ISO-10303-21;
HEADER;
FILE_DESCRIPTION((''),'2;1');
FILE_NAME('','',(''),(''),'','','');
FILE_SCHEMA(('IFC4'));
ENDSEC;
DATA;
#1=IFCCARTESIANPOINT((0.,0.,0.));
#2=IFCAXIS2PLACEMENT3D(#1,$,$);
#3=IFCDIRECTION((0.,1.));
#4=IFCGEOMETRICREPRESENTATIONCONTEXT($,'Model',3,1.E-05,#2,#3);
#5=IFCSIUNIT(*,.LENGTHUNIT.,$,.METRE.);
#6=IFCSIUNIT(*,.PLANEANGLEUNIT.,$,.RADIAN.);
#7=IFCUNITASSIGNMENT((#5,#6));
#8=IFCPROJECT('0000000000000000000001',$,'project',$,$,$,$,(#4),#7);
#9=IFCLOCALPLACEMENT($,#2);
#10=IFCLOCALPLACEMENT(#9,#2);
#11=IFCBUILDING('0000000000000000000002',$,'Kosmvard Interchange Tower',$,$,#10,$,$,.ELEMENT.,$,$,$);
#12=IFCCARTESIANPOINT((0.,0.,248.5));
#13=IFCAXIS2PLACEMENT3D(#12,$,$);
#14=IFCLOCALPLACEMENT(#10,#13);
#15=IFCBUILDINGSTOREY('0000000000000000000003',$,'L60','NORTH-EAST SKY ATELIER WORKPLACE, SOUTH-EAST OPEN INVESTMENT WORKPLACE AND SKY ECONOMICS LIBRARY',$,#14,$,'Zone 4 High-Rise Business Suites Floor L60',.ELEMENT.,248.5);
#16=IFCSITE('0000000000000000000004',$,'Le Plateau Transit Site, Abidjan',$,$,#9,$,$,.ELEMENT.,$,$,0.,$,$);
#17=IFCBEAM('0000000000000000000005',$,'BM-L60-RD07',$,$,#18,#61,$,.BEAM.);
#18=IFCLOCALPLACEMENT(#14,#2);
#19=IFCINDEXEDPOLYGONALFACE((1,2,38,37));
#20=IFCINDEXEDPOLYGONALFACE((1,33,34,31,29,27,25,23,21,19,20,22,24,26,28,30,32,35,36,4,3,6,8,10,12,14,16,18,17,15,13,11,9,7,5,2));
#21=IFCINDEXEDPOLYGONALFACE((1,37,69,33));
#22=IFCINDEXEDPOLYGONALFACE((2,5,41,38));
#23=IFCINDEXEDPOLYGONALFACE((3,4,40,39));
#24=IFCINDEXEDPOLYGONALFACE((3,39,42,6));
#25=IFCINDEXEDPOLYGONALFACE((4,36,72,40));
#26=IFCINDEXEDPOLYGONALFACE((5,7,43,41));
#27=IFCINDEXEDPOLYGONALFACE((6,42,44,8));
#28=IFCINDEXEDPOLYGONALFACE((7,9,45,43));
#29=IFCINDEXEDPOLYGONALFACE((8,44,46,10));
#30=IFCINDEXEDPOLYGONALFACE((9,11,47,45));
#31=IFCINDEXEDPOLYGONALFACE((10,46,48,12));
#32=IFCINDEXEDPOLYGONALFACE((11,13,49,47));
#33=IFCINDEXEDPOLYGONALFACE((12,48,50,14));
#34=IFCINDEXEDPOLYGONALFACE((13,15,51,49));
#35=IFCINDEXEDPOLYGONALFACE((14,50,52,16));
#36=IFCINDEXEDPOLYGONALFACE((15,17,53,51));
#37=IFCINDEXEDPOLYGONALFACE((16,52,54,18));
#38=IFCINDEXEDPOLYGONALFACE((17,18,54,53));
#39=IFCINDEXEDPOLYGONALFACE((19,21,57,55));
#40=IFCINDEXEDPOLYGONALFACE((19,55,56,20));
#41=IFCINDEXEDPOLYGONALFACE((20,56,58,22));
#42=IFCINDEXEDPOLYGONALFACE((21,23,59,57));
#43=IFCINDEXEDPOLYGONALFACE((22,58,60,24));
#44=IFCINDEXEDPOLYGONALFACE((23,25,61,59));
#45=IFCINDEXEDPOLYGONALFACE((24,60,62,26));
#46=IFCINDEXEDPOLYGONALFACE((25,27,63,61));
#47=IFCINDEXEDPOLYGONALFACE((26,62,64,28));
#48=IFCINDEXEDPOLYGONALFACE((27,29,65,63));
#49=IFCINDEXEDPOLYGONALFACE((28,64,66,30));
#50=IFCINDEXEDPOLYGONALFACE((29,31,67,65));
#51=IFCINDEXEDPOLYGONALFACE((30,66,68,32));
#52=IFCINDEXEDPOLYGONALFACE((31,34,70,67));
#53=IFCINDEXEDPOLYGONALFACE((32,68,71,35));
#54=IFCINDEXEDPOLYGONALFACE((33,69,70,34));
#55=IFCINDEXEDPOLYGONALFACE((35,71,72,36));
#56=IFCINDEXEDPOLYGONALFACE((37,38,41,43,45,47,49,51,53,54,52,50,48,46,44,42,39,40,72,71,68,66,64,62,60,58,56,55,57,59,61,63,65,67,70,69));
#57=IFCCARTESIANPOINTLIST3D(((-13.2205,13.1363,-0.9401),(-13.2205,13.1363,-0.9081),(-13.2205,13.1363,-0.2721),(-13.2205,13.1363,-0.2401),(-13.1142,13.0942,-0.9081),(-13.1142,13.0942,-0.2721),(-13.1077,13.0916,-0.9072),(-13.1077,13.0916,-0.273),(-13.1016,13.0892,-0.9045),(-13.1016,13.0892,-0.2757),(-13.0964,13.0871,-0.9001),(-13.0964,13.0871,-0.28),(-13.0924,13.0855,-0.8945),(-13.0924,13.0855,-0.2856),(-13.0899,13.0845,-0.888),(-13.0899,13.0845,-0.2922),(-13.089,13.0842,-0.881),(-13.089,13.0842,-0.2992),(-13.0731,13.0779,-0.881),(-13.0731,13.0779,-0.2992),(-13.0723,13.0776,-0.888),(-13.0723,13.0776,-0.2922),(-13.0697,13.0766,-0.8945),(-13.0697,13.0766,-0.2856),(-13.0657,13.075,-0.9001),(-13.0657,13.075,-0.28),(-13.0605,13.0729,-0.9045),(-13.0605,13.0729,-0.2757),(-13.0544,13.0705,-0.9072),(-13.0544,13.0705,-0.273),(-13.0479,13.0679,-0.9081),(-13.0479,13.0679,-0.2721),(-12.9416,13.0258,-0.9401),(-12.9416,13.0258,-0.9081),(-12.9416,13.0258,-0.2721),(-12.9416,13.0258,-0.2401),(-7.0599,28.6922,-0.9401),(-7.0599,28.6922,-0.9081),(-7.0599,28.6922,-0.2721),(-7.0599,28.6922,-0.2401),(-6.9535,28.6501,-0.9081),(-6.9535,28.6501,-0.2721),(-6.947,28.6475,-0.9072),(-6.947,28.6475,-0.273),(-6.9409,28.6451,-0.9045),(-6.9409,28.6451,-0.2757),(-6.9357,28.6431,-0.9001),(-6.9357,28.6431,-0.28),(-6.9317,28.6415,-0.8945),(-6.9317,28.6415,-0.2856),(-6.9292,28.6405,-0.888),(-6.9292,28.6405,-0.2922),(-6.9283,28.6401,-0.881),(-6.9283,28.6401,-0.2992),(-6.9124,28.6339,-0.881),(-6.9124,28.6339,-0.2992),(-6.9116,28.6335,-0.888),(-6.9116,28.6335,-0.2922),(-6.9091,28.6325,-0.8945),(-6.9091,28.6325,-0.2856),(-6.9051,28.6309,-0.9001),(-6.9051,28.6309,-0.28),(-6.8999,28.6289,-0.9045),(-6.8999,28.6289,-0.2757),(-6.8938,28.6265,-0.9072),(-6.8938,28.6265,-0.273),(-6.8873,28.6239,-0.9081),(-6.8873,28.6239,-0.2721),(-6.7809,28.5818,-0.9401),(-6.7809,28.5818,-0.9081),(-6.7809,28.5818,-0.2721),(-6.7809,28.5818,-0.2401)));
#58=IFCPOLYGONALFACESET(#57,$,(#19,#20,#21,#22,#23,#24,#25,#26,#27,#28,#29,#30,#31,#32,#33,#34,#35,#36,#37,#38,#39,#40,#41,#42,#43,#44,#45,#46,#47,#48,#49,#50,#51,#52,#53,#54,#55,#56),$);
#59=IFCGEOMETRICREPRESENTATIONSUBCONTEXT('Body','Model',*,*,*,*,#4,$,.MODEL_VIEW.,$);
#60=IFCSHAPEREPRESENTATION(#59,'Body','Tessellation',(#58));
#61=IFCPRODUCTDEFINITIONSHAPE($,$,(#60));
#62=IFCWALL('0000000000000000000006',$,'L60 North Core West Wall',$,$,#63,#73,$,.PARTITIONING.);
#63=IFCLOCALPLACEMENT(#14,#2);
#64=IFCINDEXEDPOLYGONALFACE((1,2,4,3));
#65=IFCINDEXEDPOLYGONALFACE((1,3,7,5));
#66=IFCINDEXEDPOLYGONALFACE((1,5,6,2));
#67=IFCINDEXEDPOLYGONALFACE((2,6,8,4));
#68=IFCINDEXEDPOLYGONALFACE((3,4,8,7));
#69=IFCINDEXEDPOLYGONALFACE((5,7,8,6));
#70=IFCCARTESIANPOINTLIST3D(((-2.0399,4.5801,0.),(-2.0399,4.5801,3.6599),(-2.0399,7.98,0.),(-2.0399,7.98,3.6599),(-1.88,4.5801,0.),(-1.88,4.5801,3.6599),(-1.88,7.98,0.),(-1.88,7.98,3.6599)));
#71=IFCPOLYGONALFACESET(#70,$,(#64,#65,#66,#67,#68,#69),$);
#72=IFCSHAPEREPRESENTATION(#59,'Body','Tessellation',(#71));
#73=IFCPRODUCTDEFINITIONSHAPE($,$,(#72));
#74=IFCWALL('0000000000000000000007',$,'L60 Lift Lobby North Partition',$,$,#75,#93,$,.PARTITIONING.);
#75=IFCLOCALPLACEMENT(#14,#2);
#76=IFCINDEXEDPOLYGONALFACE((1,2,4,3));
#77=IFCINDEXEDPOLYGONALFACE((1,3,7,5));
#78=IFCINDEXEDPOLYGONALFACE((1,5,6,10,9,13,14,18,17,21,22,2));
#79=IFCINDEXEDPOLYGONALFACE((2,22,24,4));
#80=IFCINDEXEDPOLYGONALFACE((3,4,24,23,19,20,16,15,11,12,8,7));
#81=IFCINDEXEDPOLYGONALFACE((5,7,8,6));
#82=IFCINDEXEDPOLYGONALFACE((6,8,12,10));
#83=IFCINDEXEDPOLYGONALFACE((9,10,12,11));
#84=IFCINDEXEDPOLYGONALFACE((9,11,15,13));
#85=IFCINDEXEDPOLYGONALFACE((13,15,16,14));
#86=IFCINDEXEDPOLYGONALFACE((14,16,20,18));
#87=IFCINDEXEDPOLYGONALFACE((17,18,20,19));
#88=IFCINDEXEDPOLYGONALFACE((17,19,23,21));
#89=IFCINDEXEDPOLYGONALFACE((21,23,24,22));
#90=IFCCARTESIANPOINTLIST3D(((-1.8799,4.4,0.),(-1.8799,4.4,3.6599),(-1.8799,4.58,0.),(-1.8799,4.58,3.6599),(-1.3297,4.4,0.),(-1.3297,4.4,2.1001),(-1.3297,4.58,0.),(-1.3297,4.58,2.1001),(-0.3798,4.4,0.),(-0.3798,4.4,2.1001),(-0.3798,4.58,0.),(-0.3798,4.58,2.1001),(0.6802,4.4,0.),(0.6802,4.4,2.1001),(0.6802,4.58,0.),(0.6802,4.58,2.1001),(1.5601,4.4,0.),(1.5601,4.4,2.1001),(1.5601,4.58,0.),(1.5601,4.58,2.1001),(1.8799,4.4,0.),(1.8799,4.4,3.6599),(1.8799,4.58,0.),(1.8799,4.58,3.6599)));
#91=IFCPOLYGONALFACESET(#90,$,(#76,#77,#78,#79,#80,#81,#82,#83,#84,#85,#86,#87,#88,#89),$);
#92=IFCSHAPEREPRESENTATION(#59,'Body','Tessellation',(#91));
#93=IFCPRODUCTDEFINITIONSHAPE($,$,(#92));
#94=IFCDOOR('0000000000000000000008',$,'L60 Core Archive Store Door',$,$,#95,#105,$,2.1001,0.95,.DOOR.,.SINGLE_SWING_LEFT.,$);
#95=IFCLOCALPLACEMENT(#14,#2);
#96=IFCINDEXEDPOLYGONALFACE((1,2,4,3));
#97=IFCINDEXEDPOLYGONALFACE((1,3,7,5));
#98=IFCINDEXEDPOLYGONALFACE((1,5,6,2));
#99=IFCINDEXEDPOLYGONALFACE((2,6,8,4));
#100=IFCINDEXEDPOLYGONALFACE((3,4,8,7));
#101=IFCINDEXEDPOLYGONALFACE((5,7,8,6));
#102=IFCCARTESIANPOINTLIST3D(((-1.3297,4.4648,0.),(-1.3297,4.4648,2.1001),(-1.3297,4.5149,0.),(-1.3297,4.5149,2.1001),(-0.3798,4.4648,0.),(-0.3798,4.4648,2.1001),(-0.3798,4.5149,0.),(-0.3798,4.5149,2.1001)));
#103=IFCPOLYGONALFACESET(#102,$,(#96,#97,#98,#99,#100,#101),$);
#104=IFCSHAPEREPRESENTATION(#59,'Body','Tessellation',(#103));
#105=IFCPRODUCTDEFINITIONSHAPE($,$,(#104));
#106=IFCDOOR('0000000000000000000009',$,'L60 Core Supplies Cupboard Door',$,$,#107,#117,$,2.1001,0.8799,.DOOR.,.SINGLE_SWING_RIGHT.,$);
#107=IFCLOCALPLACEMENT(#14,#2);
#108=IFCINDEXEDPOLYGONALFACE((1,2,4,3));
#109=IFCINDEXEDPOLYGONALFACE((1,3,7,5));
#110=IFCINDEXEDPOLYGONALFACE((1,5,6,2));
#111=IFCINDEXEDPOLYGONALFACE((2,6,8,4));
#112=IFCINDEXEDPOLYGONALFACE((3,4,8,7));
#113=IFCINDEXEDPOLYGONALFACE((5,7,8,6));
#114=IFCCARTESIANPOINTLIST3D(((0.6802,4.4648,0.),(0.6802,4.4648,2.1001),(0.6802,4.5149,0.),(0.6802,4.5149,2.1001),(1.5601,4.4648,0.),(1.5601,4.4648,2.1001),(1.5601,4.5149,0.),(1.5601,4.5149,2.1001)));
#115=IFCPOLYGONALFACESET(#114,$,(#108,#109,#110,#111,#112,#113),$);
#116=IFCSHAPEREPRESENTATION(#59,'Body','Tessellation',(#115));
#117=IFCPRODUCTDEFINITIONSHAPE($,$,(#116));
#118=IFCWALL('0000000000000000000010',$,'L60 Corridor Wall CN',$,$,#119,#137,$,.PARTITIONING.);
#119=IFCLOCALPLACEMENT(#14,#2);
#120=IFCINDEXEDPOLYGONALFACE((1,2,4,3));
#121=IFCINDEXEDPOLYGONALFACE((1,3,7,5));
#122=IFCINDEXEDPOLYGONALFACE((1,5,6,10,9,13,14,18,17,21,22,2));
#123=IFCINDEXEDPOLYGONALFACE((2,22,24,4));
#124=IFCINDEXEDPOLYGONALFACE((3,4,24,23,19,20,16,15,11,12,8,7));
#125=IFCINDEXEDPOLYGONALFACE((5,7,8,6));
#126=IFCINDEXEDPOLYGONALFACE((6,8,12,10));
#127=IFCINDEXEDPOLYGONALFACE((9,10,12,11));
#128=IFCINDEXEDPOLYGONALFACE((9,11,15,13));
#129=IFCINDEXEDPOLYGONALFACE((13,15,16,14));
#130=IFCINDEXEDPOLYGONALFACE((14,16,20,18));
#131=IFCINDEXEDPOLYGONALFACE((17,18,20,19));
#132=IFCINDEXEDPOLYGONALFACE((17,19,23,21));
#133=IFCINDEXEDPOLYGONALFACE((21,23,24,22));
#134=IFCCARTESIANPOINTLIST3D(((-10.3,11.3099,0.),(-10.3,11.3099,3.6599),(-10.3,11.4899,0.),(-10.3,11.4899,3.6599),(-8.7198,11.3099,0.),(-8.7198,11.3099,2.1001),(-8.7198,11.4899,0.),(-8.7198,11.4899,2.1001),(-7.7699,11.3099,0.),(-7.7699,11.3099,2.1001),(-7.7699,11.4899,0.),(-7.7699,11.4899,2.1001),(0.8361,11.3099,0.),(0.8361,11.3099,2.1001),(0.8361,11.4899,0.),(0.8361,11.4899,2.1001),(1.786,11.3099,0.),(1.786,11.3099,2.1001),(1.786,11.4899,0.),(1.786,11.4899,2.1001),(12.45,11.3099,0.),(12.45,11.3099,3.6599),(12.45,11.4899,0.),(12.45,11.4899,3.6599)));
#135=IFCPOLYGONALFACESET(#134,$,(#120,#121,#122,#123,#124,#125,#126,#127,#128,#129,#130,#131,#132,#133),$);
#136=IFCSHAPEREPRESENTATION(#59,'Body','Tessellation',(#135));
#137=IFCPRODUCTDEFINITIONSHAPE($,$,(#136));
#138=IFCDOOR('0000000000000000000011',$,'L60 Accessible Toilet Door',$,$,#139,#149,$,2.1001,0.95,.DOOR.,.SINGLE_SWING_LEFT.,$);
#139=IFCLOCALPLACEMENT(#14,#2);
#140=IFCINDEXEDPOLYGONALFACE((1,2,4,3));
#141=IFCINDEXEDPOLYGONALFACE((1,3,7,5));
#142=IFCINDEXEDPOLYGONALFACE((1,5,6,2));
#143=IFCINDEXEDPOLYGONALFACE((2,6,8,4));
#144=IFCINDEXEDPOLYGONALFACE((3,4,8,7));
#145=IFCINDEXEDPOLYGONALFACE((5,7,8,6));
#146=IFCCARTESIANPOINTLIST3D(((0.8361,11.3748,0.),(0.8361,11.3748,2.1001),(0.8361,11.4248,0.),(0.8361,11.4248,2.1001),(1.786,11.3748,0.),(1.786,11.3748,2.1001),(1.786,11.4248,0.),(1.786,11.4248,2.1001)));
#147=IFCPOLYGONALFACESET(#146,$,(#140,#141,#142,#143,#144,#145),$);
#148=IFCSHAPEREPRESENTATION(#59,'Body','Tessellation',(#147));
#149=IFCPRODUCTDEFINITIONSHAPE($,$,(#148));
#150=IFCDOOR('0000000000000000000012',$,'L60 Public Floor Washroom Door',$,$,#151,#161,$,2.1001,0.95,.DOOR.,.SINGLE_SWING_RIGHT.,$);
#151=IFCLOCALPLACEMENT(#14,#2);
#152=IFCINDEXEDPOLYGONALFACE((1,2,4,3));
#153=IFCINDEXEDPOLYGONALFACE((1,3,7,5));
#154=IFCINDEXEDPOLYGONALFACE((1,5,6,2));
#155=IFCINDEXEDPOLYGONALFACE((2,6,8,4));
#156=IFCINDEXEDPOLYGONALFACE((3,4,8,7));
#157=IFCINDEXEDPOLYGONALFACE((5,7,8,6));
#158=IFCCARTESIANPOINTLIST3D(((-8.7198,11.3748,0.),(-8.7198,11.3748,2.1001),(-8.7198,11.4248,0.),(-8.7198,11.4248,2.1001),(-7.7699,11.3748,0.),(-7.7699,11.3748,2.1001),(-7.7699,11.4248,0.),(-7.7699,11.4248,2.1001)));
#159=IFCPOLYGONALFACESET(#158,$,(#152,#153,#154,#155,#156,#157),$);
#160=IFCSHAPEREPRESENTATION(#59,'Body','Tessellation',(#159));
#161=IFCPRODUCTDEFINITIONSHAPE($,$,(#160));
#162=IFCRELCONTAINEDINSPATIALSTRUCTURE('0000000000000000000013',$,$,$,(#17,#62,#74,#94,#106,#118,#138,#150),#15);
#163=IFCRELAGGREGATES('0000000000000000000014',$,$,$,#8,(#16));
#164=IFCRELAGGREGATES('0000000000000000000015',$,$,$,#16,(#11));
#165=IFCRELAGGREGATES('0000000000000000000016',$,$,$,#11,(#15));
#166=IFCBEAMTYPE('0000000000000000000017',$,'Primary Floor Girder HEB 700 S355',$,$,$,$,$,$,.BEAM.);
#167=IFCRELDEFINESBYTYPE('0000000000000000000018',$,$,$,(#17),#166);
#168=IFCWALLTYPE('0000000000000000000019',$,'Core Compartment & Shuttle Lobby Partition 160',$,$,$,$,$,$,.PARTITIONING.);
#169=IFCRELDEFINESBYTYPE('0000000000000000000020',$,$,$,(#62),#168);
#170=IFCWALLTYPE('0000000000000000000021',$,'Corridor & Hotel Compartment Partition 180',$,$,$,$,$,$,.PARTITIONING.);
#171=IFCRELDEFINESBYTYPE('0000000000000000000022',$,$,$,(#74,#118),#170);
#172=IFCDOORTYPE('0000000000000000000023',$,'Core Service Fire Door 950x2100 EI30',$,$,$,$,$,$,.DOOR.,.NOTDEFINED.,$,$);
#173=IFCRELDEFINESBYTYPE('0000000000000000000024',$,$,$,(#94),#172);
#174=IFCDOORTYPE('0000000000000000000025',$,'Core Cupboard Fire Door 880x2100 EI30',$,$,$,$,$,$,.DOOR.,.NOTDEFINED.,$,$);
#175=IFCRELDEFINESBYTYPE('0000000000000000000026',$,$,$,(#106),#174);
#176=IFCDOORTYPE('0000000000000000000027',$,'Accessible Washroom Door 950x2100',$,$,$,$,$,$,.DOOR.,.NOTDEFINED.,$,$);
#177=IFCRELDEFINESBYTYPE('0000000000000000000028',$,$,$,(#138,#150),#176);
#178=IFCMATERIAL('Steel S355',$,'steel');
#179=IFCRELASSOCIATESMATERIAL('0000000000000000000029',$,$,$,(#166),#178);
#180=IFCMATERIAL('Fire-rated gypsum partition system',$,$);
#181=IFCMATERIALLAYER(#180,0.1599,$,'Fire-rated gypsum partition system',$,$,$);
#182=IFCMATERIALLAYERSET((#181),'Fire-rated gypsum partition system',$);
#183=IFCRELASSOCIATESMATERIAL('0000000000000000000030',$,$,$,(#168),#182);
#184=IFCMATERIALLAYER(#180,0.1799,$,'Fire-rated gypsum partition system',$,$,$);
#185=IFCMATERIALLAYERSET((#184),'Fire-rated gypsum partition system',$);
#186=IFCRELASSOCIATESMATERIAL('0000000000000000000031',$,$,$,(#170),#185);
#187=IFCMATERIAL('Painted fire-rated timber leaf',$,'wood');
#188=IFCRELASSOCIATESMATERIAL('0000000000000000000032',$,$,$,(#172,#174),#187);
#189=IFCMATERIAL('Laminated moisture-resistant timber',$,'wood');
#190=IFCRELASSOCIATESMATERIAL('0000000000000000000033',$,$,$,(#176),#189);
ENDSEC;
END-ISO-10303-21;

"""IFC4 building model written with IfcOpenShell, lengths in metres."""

from ifc_helpers import new_model, si_unit, direction, frame, frame_2d, origin, origin_2d, place, context, subcontext, project, spatial, rectangle, i_section, extrude, source, transform, mapped, material, layer, layer_set, material_profile, profile_set, type_object, element, fill, save


model = new_model("IFC4")

# Units and contexts
model_context = context("Model", 3, precision=1e-05, world=origin(), true_north=direction((0.0, 1.0)))
body_context = subcontext(model_context, "Body", "Model", "MODEL_VIEW")
ifc_project = project(units=[si_unit("LENGTHUNIT", "METRE"), si_unit("PLANEANGLEUNIT", "RADIAN")], contexts=[model_context])

# Site, building, storey
site_placement = place(None, origin())
site = spatial("IfcSite", under=ifc_project, at=site_placement, Name="Le Plateau Transit Site, Abidjan", CompositionType="ELEMENT", RefElevation=0.0)
building_placement = place(site_placement, origin())
building = spatial("IfcBuilding", under=site, at=building_placement, Name="Kosmvard Interchange Tower", CompositionType="ELEMENT")
storey_placement = place(building_placement, frame((0.0, 0.0, 248.5)))
storey = spatial("IfcBuildingStorey", under=building, at=storey_placement, Name="L60", Description="NORTH-EAST SKY ATELIER WORKPLACE, SOUTH-EAST OPEN INVESTMENT WORKPLACE AND SKY ECONOMICS LIBRARY", LongName="Zone 4 High-Rise Business Suites Floor L60", CompositionType="ELEMENT", Elevation=248.5)

# Beam
ifc_material_1 = material(Name="Steel S355", Category="steel")
ifc_material_profile_1 = material_profile(ifc_material_1, i_section(OverallWidth=0.3, OverallDepth=0.7, WebThickness=0.0171, FlangeThickness=0.032, FilletRadius=0.0271, at=origin_2d()), Name="HEB 700")
ifc_profile_set_1 = profile_set([ifc_material_profile_1], Name="Steel S355")
beam_type_1 = type_object("IfcBeamType", Name="Primary Floor Girder HEB 700 S355", PredefinedType="BEAM", material=ifc_profile_set_1)
shared_shape_1 = source(origin(), body_context, "Body", "SweptSolid", [
    extrude(i_section(OverallWidth=0.3, OverallDepth=0.7, WebThickness=0.0171, FlangeThickness=0.032, FilletRadius=0.0271, at=origin_2d()), origin(), (0.0, 0.0, 1.0), 16.7314),
])
beam_1_placement = place(storey_placement, frame((-13.0811, 13.0811, -0.5901), z_axis=(0.368209, 0.929743, 0.0), x_axis=(-0.929743, 0.368209, 0.0)))
element("IfcBeam", 1, at=beam_1_placement, inside=storey, type_object=beam_type_1, Name="BM-L60-RD07", PredefinedType="BEAM", context=body_context, shape_type="MappedRepresentation", body=[
    mapped(shared_shape_1, transform((0.0, 0.0, 0.0), scale=1.0)),
])

# Wall
ifc_material_2 = material(Name="Fire-rated gypsum partition system")
ifc_layer_1 = layer(ifc_material_2, 0.1599, Name="Fire-rated gypsum partition system")
ifc_layer_set_1 = layer_set([ifc_layer_1], Name="Fire-rated gypsum partition system")
wall_type_1 = type_object("IfcWallType", Name="Core Compartment & Shuttle Lobby Partition 160", PredefinedType="PARTITIONING", material=ifc_layer_set_1)
wall_1_placement = place(storey_placement, frame((-1.96, 4.5801, 0.0), z_axis=(0.0, 0.0, 1.0), x_axis=(0.0, 1.0, 0.0)))
element("IfcWall", 2, at=wall_1_placement, inside=storey, type_object=wall_type_1, Name="L60 North Core West Wall", PredefinedType="PARTITIONING", context=body_context, shape_type="SweptSolid", body=[
    extrude(rectangle(XDim=3.3999, YDim=0.1599, at=frame_2d((1.7, 0.0))), origin(), (0.0, 0.0, 1.0), 3.6599),
])

# Walls, openings, doors
ifc_layer_2 = layer(ifc_material_2, 0.1799, Name="Fire-rated gypsum partition system")
ifc_layer_set_2 = layer_set([ifc_layer_2], Name="Fire-rated gypsum partition system")
wall_type_2 = type_object("IfcWallType", Name="Corridor & Hotel Compartment Partition 180", PredefinedType="PARTITIONING", material=ifc_layer_set_2)
wall_2_placement = place(storey_placement, frame((-1.8799, 4.49, 0.0), z_axis=(0.0, 0.0, 1.0), x_axis=(1.0, 0.0, 0.0)))
wall_2 = element("IfcWall", 3, at=wall_2_placement, inside=storey, type_object=wall_type_2, Name="L60 Lift Lobby North Partition", PredefinedType="PARTITIONING", context=body_context, shape_type="SweptSolid", body=[
    extrude(rectangle(XDim=3.7598, YDim=0.1799, at=frame_2d((1.8799, 0.0))), origin(), (0.0, 0.0, 1.0), 3.6599),
])
opening_1_placement = place(wall_2_placement, frame((0.55, 0.0, 0.0)))
opening_1 = element("IfcOpeningElement", 4, at=opening_1_placement, cuts=wall_2, PredefinedType="OPENING", context=body_context, shape_type="SweptSolid", body=[
    extrude(rectangle(XDim=0.95, YDim=2.1001, at=frame_2d((0.4751, 1.05))), frame((0.0, 0.1001, 0.0), z_axis=(0.0, -1.0, 0.0), x_axis=(1.0, 0.0, 0.0)), (0.0, 0.0, 1.0), 0.2),
])
opening_2_placement = place(wall_2_placement, frame((2.5601, 0.0, 0.0)))
opening_2 = element("IfcOpeningElement", 5, at=opening_2_placement, cuts=wall_2, PredefinedType="OPENING", context=body_context, shape_type="SweptSolid", body=[
    extrude(rectangle(XDim=0.8799, YDim=2.1001, at=frame_2d((0.4399, 1.05))), frame((0.0, 0.1001, 0.0), z_axis=(0.0, -1.0, 0.0), x_axis=(1.0, 0.0, 0.0)), (0.0, 0.0, 1.0), 0.2),
])
ifc_material_3 = material(Name="Painted fire-rated timber leaf", Category="wood")
door_type_1 = type_object("IfcDoorType", Name="Core Service Fire Door 950x2100 EI30", OperationType="NOTDEFINED", PredefinedType="DOOR", material=ifc_material_3)
shared_shape_2 = source(origin(), body_context, "Body", "SweptSolid", [
    extrude(rectangle(XDim=0.95, YDim=2.1001, at=frame_2d((0.4751, 1.05))), frame((0.0, 0.0249, 0.0), z_axis=(0.0, -1.0, 0.0), x_axis=(1.0, 0.0, 0.0)), (0.0, 0.0, 1.0), 0.05),
])
door_1_placement = place(opening_1_placement, origin())
door_1 = element("IfcDoor", 6, at=door_1_placement, inside=storey, type_object=door_type_1, Name="L60 Core Archive Store Door", OperationType="SINGLE_SWING_LEFT", OverallHeight=2.1001, OverallWidth=0.95, PredefinedType="DOOR", context=body_context, shape_type="MappedRepresentation", body=[
    mapped(shared_shape_2, transform((0.0, 0.0, 0.0), scale=1.0)),
])
fill(opening_1, door_1)
door_type_2 = type_object("IfcDoorType", Name="Core Cupboard Fire Door 880x2100 EI30", OperationType="NOTDEFINED", PredefinedType="DOOR", material=ifc_material_3)
shared_shape_3 = source(origin(), body_context, "Body", "SweptSolid", [
    extrude(rectangle(XDim=0.8799, YDim=2.1001, at=frame_2d((0.4399, 1.05))), frame((0.0, 0.0249, 0.0), z_axis=(0.0, -1.0, 0.0), x_axis=(1.0, 0.0, 0.0)), (0.0, 0.0, 1.0), 0.05),
])
door_2_placement = place(opening_2_placement, origin())
door_2 = element("IfcDoor", 7, at=door_2_placement, inside=storey, type_object=door_type_2, Name="L60 Core Supplies Cupboard Door", OperationType="SINGLE_SWING_RIGHT", OverallHeight=2.1001, OverallWidth=0.8799, PredefinedType="DOOR", context=body_context, shape_type="MappedRepresentation", body=[
    mapped(shared_shape_3, transform((0.0, 0.0, 0.0), scale=1.0)),
])
fill(opening_2, door_2)
wall_3_placement = place(storey_placement, frame((-10.3, 11.3999, 0.0), z_axis=(0.0, 0.0, 1.0), x_axis=(1.0, 0.0, 0.0)))
wall_3 = element("IfcWall", 8, at=wall_3_placement, inside=storey, type_object=wall_type_2, Name="L60 Corridor Wall CN", PredefinedType="PARTITIONING", context=body_context, shape_type="SweptSolid", body=[
    extrude(rectangle(XDim=22.75, YDim=0.1799, at=frame_2d((11.375, 0.0))), origin(), (0.0, 0.0, 1.0), 3.6599),
])
opening_3_placement = place(wall_3_placement, frame((11.136, 0.0, 0.0)))
opening_3 = element("IfcOpeningElement", 9, at=opening_3_placement, cuts=wall_3, PredefinedType="OPENING", context=body_context, shape_type="SweptSolid", body=[
    extrude(rectangle(XDim=0.95, YDim=2.1001, at=frame_2d((0.4751, 1.05))), frame((0.0, 0.1001, 0.0), z_axis=(0.0, -1.0, 0.0), x_axis=(1.0, 0.0, 0.0)), (0.0, 0.0, 1.0), 0.2),
])
opening_4_placement = place(wall_3_placement, frame((1.5801, 0.0, 0.0)))
opening_4 = element("IfcOpeningElement", 10, at=opening_4_placement, cuts=wall_3, PredefinedType="OPENING", context=body_context, shape_type="SweptSolid", body=[
    extrude(rectangle(XDim=0.95, YDim=2.1001, at=frame_2d((0.4751, 1.05))), frame((0.0, 0.1001, 0.0), z_axis=(0.0, -1.0, 0.0), x_axis=(1.0, 0.0, 0.0)), (0.0, 0.0, 1.0), 0.2),
])
ifc_material_4 = material(Name="Laminated moisture-resistant timber", Category="wood")
door_type_3 = type_object("IfcDoorType", Name="Accessible Washroom Door 950x2100", OperationType="NOTDEFINED", PredefinedType="DOOR", material=ifc_material_4)
door_3_placement = place(opening_3_placement, origin())
door_3 = element("IfcDoor", 11, at=door_3_placement, inside=storey, type_object=door_type_3, Name="L60 Accessible Toilet Door", OperationType="SINGLE_SWING_LEFT", OverallHeight=2.1001, OverallWidth=0.95, PredefinedType="DOOR", context=body_context, shape_type="MappedRepresentation", body=[
    mapped(shared_shape_2, transform((0.0, 0.0, 0.0), scale=1.0)),
])
fill(opening_3, door_3)
door_4_placement = place(opening_4_placement, origin())
door_4 = element("IfcDoor", 12, at=door_4_placement, inside=storey, type_object=door_type_3, Name="L60 Public Floor Washroom Door", OperationType="SINGLE_SWING_RIGHT", OverallHeight=2.1001, OverallWidth=0.95, PredefinedType="DOOR", context=body_context, shape_type="MappedRepresentation", body=[
    mapped(shared_shape_2, transform((0.0, 0.0, 0.0), scale=1.0)),
])
fill(opening_4, door_4)

save(model, "model.ifc")
